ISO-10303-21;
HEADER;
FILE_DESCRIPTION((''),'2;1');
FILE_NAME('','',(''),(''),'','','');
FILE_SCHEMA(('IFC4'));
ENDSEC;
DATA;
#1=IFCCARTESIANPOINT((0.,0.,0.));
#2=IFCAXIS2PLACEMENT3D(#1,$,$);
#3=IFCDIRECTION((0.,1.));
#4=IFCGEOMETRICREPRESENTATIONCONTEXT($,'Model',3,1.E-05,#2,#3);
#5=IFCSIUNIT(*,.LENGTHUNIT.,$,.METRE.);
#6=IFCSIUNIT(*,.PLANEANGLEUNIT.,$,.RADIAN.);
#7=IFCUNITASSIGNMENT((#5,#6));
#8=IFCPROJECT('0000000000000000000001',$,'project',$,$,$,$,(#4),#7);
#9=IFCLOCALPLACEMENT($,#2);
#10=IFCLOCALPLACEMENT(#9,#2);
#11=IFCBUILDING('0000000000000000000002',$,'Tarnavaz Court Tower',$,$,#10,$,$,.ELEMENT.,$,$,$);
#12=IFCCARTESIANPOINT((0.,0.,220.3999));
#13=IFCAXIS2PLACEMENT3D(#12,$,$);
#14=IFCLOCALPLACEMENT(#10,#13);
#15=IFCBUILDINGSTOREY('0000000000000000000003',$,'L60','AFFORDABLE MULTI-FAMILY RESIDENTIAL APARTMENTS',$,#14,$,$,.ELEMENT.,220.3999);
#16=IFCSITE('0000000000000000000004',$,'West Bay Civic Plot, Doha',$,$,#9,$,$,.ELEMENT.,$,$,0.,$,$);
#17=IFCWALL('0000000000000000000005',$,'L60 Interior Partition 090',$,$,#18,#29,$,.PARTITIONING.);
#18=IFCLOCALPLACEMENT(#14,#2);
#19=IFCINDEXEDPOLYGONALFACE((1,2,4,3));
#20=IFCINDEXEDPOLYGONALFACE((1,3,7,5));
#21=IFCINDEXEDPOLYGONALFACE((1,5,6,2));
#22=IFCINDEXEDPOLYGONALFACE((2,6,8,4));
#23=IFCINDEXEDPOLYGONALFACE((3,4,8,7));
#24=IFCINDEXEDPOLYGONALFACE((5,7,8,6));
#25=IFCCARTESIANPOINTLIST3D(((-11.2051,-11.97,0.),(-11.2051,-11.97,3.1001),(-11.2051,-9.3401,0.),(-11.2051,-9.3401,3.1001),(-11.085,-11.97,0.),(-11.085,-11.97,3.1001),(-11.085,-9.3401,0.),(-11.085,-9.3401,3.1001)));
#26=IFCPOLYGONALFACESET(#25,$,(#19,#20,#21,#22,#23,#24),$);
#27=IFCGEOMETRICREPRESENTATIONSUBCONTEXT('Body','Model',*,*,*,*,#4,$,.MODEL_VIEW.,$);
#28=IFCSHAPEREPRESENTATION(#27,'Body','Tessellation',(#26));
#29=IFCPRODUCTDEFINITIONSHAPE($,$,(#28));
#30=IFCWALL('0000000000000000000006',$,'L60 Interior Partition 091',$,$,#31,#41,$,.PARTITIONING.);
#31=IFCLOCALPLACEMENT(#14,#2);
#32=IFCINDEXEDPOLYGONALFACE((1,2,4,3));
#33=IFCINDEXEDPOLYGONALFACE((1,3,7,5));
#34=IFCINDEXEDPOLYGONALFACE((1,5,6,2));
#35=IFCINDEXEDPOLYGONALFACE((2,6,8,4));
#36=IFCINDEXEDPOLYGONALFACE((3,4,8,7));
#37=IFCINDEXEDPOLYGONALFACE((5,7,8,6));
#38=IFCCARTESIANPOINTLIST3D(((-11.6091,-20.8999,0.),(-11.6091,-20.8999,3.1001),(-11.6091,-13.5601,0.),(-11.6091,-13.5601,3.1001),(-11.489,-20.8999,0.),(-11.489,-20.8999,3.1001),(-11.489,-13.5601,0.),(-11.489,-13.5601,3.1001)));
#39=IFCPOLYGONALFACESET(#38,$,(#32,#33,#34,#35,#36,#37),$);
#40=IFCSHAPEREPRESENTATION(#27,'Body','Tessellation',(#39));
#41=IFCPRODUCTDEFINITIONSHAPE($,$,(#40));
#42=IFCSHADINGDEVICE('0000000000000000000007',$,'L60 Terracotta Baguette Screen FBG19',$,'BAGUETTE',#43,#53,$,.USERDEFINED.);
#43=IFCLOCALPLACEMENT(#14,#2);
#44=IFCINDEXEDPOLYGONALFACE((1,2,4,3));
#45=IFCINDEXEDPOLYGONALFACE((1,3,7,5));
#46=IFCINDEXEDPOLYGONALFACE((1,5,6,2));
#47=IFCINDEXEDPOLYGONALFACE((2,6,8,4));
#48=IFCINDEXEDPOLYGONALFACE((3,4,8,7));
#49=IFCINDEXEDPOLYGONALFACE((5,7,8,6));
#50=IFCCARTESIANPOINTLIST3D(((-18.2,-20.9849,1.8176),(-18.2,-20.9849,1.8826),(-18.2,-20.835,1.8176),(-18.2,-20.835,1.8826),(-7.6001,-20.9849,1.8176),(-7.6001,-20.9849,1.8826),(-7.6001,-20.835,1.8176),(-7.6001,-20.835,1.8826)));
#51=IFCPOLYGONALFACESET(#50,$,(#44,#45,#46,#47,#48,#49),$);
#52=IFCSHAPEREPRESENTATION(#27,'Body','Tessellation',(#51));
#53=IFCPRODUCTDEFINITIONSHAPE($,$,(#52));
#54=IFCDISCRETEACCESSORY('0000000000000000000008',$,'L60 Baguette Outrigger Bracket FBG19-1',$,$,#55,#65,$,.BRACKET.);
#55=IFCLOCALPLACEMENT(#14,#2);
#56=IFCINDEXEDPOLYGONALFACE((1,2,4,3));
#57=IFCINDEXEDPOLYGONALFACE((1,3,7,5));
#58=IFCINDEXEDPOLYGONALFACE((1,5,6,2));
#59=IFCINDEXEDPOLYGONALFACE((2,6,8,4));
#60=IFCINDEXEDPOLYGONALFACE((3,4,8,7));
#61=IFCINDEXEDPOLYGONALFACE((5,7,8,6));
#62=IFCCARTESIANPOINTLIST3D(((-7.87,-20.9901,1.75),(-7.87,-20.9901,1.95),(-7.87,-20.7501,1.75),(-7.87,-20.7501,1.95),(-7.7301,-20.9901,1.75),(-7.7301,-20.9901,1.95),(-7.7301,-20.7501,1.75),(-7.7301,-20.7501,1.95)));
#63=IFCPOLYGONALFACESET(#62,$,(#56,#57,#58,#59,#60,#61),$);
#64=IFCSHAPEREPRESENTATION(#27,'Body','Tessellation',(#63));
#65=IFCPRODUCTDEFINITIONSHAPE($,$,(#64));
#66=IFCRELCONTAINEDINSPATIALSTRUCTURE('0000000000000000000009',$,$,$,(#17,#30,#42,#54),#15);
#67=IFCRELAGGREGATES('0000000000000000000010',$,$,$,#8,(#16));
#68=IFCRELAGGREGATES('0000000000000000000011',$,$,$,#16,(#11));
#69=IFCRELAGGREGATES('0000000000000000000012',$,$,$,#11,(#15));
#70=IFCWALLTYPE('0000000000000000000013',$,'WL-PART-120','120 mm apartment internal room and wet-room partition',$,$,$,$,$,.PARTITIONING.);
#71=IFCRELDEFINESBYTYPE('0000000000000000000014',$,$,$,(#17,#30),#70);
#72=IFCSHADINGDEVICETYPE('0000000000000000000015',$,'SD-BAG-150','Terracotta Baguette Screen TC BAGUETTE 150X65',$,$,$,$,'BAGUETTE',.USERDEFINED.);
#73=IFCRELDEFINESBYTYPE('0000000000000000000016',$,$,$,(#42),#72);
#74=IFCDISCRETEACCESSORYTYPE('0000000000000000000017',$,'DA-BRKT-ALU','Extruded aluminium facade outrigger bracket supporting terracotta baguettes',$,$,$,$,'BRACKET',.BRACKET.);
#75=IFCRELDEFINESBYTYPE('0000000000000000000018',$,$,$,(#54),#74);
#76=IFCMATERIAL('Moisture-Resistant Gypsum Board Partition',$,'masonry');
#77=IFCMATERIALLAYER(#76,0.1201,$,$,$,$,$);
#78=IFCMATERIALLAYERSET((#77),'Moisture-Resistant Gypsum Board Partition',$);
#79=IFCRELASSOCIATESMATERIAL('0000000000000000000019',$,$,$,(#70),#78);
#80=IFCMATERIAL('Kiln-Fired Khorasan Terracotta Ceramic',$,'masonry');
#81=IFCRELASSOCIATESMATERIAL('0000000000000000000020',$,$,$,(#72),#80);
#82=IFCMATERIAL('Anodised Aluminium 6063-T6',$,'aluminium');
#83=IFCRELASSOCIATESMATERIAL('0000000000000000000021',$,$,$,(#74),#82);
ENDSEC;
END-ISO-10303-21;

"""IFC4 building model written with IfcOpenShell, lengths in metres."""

from ifc_helpers import new_model, si_unit, direction, frame, frame_2d, origin, origin_2d, place, context, subcontext, project, spatial, rectangle, extrude, material, layer, layer_set, material_profile, profile_set, type_object, element, save


model = new_model("IFC4")

# Units and contexts
model_context = context("Model", 3, precision=1e-05, world=origin(), true_north=direction((0.0, 1.0)))
body_context = subcontext(model_context, "Body", "Model", "MODEL_VIEW")
ifc_project = project(units=[si_unit("LENGTHUNIT", "METRE"), si_unit("PLANEANGLEUNIT", "RADIAN")], contexts=[model_context])

# Site, building, storey
site_placement = place(None, origin())
site = spatial("IfcSite", under=ifc_project, at=site_placement, Name="West Bay Civic Plot, Doha", CompositionType="ELEMENT", RefElevation=0.0)
building_placement = place(site_placement, origin())
building = spatial("IfcBuilding", under=site, at=building_placement, Name="Tarnavaz Court Tower", CompositionType="ELEMENT")
storey_placement = place(building_placement, frame((0.0, 0.0, 220.3999)))
storey = spatial("IfcBuildingStorey", under=building, at=storey_placement, Name="L60", Description="AFFORDABLE MULTI-FAMILY RESIDENTIAL APARTMENTS", CompositionType="ELEMENT", Elevation=220.3999)

# Shared definitions
ifc_material_1 = material(Name="Moisture-Resistant Gypsum Board Partition", Category="masonry")
ifc_layer_1 = layer(ifc_material_1, 0.1201)
ifc_layer_set_1 = layer_set([ifc_layer_1], Name="Moisture-Resistant Gypsum Board Partition")
wall_type_1 = type_object("IfcWallType", Name="WL-PART-120", Description="120 mm apartment internal room and wet-room partition", PredefinedType="PARTITIONING", material=ifc_layer_set_1)

# Walls
wall_1_placement = place(storey_placement, frame((-11.145, -11.97, 0.0), z_axis=(0.0, 0.0, 1.0), x_axis=(0.0, 1.0, 0.0)))
element("IfcWall", 1, at=wall_1_placement, inside=storey, type_object=wall_type_1, Name="L60 Interior Partition 090", PredefinedType="PARTITIONING", context=body_context, shape_type="SweptSolid", body=[
    extrude(rectangle(XDim=2.6299, YDim=0.1201, at=frame_2d((1.3149, 0.0))), origin(), (0.0, 0.0, 1.0), 3.1001),
])
wall_2_placement = place(storey_placement, frame((-11.5491, -20.8999, 0.0), z_axis=(0.0, 0.0, 1.0), x_axis=(0.0, 1.0, 0.0)))
element("IfcWall", 2, at=wall_2_placement, inside=storey, type_object=wall_type_1, Name="L60 Interior Partition 091", PredefinedType="PARTITIONING", context=body_context, shape_type="SweptSolid", body=[
    extrude(rectangle(XDim=7.3398, YDim=0.1201, at=frame_2d((3.6699, 0.0))), origin(), (0.0, 0.0, 1.0), 3.1001),
])

# Shading device
ifc_material_2 = material(Name="Kiln-Fired Khorasan Terracotta Ceramic", Category="masonry")
ifc_material_profile_1 = material_profile(ifc_material_2, rectangle(XDim=0.1499, YDim=0.0649, at=origin_2d()), Name="TC BAGUETTE 150X65")
ifc_profile_set_1 = profile_set([ifc_material_profile_1], Name="Kiln-Fired Khorasan Terracotta Ceramic")
shading_device_type = type_object("IfcShadingDeviceType", Name="SD-BAG-150", Description="Terracotta Baguette Screen TC BAGUETTE 150X65", ElementType="BAGUETTE", PredefinedType="USERDEFINED", material=ifc_profile_set_1)
shading_device_placement = place(storey_placement, frame((-7.6001, -20.9099, 1.8501), z_axis=(-1.0, 0.0, 0.0), x_axis=(0.0, -1.0, 0.0)))
element("IfcShadingDevice", 3, at=shading_device_placement, inside=storey, type_object=shading_device_type, Name="L60 Terracotta Baguette Screen FBG19", ObjectType="BAGUETTE", PredefinedType="USERDEFINED", context=body_context, shape_type="SweptSolid", body=[
    extrude(rectangle(XDim=0.1499, YDim=0.0649, at=origin_2d()), origin(), (0.0, 0.0, 1.0), 10.5999),
])

# Discrete accessory
ifc_material_3 = material(Name="Anodised Aluminium 6063-T6", Category="aluminium")
discrete_accessory_type = type_object("IfcDiscreteAccessoryType", Name="DA-BRKT-ALU", Description="Extruded aluminium facade outrigger bracket supporting terracotta baguettes", ElementType="BRACKET", PredefinedType="BRACKET", material=ifc_material_3)
discrete_accessory_placement = place(storey_placement, frame((-7.8, -20.8701, 1.75), z_axis=(0.0, 0.0, 1.0), x_axis=(-1.0, 0.0, 0.0)))
element("IfcDiscreteAccessory", 4, at=discrete_accessory_placement, inside=storey, type_object=discrete_accessory_type, Name="L60 Baguette Outrigger Bracket FBG19-1", PredefinedType="BRACKET", context=body_context, shape_type="SweptSolid", body=[
    extrude(rectangle(XDim=0.1399, YDim=0.24, at=origin_2d()), origin(), (0.0, 0.0, 1.0), 0.2),
])

save(model, "model.ifc")
